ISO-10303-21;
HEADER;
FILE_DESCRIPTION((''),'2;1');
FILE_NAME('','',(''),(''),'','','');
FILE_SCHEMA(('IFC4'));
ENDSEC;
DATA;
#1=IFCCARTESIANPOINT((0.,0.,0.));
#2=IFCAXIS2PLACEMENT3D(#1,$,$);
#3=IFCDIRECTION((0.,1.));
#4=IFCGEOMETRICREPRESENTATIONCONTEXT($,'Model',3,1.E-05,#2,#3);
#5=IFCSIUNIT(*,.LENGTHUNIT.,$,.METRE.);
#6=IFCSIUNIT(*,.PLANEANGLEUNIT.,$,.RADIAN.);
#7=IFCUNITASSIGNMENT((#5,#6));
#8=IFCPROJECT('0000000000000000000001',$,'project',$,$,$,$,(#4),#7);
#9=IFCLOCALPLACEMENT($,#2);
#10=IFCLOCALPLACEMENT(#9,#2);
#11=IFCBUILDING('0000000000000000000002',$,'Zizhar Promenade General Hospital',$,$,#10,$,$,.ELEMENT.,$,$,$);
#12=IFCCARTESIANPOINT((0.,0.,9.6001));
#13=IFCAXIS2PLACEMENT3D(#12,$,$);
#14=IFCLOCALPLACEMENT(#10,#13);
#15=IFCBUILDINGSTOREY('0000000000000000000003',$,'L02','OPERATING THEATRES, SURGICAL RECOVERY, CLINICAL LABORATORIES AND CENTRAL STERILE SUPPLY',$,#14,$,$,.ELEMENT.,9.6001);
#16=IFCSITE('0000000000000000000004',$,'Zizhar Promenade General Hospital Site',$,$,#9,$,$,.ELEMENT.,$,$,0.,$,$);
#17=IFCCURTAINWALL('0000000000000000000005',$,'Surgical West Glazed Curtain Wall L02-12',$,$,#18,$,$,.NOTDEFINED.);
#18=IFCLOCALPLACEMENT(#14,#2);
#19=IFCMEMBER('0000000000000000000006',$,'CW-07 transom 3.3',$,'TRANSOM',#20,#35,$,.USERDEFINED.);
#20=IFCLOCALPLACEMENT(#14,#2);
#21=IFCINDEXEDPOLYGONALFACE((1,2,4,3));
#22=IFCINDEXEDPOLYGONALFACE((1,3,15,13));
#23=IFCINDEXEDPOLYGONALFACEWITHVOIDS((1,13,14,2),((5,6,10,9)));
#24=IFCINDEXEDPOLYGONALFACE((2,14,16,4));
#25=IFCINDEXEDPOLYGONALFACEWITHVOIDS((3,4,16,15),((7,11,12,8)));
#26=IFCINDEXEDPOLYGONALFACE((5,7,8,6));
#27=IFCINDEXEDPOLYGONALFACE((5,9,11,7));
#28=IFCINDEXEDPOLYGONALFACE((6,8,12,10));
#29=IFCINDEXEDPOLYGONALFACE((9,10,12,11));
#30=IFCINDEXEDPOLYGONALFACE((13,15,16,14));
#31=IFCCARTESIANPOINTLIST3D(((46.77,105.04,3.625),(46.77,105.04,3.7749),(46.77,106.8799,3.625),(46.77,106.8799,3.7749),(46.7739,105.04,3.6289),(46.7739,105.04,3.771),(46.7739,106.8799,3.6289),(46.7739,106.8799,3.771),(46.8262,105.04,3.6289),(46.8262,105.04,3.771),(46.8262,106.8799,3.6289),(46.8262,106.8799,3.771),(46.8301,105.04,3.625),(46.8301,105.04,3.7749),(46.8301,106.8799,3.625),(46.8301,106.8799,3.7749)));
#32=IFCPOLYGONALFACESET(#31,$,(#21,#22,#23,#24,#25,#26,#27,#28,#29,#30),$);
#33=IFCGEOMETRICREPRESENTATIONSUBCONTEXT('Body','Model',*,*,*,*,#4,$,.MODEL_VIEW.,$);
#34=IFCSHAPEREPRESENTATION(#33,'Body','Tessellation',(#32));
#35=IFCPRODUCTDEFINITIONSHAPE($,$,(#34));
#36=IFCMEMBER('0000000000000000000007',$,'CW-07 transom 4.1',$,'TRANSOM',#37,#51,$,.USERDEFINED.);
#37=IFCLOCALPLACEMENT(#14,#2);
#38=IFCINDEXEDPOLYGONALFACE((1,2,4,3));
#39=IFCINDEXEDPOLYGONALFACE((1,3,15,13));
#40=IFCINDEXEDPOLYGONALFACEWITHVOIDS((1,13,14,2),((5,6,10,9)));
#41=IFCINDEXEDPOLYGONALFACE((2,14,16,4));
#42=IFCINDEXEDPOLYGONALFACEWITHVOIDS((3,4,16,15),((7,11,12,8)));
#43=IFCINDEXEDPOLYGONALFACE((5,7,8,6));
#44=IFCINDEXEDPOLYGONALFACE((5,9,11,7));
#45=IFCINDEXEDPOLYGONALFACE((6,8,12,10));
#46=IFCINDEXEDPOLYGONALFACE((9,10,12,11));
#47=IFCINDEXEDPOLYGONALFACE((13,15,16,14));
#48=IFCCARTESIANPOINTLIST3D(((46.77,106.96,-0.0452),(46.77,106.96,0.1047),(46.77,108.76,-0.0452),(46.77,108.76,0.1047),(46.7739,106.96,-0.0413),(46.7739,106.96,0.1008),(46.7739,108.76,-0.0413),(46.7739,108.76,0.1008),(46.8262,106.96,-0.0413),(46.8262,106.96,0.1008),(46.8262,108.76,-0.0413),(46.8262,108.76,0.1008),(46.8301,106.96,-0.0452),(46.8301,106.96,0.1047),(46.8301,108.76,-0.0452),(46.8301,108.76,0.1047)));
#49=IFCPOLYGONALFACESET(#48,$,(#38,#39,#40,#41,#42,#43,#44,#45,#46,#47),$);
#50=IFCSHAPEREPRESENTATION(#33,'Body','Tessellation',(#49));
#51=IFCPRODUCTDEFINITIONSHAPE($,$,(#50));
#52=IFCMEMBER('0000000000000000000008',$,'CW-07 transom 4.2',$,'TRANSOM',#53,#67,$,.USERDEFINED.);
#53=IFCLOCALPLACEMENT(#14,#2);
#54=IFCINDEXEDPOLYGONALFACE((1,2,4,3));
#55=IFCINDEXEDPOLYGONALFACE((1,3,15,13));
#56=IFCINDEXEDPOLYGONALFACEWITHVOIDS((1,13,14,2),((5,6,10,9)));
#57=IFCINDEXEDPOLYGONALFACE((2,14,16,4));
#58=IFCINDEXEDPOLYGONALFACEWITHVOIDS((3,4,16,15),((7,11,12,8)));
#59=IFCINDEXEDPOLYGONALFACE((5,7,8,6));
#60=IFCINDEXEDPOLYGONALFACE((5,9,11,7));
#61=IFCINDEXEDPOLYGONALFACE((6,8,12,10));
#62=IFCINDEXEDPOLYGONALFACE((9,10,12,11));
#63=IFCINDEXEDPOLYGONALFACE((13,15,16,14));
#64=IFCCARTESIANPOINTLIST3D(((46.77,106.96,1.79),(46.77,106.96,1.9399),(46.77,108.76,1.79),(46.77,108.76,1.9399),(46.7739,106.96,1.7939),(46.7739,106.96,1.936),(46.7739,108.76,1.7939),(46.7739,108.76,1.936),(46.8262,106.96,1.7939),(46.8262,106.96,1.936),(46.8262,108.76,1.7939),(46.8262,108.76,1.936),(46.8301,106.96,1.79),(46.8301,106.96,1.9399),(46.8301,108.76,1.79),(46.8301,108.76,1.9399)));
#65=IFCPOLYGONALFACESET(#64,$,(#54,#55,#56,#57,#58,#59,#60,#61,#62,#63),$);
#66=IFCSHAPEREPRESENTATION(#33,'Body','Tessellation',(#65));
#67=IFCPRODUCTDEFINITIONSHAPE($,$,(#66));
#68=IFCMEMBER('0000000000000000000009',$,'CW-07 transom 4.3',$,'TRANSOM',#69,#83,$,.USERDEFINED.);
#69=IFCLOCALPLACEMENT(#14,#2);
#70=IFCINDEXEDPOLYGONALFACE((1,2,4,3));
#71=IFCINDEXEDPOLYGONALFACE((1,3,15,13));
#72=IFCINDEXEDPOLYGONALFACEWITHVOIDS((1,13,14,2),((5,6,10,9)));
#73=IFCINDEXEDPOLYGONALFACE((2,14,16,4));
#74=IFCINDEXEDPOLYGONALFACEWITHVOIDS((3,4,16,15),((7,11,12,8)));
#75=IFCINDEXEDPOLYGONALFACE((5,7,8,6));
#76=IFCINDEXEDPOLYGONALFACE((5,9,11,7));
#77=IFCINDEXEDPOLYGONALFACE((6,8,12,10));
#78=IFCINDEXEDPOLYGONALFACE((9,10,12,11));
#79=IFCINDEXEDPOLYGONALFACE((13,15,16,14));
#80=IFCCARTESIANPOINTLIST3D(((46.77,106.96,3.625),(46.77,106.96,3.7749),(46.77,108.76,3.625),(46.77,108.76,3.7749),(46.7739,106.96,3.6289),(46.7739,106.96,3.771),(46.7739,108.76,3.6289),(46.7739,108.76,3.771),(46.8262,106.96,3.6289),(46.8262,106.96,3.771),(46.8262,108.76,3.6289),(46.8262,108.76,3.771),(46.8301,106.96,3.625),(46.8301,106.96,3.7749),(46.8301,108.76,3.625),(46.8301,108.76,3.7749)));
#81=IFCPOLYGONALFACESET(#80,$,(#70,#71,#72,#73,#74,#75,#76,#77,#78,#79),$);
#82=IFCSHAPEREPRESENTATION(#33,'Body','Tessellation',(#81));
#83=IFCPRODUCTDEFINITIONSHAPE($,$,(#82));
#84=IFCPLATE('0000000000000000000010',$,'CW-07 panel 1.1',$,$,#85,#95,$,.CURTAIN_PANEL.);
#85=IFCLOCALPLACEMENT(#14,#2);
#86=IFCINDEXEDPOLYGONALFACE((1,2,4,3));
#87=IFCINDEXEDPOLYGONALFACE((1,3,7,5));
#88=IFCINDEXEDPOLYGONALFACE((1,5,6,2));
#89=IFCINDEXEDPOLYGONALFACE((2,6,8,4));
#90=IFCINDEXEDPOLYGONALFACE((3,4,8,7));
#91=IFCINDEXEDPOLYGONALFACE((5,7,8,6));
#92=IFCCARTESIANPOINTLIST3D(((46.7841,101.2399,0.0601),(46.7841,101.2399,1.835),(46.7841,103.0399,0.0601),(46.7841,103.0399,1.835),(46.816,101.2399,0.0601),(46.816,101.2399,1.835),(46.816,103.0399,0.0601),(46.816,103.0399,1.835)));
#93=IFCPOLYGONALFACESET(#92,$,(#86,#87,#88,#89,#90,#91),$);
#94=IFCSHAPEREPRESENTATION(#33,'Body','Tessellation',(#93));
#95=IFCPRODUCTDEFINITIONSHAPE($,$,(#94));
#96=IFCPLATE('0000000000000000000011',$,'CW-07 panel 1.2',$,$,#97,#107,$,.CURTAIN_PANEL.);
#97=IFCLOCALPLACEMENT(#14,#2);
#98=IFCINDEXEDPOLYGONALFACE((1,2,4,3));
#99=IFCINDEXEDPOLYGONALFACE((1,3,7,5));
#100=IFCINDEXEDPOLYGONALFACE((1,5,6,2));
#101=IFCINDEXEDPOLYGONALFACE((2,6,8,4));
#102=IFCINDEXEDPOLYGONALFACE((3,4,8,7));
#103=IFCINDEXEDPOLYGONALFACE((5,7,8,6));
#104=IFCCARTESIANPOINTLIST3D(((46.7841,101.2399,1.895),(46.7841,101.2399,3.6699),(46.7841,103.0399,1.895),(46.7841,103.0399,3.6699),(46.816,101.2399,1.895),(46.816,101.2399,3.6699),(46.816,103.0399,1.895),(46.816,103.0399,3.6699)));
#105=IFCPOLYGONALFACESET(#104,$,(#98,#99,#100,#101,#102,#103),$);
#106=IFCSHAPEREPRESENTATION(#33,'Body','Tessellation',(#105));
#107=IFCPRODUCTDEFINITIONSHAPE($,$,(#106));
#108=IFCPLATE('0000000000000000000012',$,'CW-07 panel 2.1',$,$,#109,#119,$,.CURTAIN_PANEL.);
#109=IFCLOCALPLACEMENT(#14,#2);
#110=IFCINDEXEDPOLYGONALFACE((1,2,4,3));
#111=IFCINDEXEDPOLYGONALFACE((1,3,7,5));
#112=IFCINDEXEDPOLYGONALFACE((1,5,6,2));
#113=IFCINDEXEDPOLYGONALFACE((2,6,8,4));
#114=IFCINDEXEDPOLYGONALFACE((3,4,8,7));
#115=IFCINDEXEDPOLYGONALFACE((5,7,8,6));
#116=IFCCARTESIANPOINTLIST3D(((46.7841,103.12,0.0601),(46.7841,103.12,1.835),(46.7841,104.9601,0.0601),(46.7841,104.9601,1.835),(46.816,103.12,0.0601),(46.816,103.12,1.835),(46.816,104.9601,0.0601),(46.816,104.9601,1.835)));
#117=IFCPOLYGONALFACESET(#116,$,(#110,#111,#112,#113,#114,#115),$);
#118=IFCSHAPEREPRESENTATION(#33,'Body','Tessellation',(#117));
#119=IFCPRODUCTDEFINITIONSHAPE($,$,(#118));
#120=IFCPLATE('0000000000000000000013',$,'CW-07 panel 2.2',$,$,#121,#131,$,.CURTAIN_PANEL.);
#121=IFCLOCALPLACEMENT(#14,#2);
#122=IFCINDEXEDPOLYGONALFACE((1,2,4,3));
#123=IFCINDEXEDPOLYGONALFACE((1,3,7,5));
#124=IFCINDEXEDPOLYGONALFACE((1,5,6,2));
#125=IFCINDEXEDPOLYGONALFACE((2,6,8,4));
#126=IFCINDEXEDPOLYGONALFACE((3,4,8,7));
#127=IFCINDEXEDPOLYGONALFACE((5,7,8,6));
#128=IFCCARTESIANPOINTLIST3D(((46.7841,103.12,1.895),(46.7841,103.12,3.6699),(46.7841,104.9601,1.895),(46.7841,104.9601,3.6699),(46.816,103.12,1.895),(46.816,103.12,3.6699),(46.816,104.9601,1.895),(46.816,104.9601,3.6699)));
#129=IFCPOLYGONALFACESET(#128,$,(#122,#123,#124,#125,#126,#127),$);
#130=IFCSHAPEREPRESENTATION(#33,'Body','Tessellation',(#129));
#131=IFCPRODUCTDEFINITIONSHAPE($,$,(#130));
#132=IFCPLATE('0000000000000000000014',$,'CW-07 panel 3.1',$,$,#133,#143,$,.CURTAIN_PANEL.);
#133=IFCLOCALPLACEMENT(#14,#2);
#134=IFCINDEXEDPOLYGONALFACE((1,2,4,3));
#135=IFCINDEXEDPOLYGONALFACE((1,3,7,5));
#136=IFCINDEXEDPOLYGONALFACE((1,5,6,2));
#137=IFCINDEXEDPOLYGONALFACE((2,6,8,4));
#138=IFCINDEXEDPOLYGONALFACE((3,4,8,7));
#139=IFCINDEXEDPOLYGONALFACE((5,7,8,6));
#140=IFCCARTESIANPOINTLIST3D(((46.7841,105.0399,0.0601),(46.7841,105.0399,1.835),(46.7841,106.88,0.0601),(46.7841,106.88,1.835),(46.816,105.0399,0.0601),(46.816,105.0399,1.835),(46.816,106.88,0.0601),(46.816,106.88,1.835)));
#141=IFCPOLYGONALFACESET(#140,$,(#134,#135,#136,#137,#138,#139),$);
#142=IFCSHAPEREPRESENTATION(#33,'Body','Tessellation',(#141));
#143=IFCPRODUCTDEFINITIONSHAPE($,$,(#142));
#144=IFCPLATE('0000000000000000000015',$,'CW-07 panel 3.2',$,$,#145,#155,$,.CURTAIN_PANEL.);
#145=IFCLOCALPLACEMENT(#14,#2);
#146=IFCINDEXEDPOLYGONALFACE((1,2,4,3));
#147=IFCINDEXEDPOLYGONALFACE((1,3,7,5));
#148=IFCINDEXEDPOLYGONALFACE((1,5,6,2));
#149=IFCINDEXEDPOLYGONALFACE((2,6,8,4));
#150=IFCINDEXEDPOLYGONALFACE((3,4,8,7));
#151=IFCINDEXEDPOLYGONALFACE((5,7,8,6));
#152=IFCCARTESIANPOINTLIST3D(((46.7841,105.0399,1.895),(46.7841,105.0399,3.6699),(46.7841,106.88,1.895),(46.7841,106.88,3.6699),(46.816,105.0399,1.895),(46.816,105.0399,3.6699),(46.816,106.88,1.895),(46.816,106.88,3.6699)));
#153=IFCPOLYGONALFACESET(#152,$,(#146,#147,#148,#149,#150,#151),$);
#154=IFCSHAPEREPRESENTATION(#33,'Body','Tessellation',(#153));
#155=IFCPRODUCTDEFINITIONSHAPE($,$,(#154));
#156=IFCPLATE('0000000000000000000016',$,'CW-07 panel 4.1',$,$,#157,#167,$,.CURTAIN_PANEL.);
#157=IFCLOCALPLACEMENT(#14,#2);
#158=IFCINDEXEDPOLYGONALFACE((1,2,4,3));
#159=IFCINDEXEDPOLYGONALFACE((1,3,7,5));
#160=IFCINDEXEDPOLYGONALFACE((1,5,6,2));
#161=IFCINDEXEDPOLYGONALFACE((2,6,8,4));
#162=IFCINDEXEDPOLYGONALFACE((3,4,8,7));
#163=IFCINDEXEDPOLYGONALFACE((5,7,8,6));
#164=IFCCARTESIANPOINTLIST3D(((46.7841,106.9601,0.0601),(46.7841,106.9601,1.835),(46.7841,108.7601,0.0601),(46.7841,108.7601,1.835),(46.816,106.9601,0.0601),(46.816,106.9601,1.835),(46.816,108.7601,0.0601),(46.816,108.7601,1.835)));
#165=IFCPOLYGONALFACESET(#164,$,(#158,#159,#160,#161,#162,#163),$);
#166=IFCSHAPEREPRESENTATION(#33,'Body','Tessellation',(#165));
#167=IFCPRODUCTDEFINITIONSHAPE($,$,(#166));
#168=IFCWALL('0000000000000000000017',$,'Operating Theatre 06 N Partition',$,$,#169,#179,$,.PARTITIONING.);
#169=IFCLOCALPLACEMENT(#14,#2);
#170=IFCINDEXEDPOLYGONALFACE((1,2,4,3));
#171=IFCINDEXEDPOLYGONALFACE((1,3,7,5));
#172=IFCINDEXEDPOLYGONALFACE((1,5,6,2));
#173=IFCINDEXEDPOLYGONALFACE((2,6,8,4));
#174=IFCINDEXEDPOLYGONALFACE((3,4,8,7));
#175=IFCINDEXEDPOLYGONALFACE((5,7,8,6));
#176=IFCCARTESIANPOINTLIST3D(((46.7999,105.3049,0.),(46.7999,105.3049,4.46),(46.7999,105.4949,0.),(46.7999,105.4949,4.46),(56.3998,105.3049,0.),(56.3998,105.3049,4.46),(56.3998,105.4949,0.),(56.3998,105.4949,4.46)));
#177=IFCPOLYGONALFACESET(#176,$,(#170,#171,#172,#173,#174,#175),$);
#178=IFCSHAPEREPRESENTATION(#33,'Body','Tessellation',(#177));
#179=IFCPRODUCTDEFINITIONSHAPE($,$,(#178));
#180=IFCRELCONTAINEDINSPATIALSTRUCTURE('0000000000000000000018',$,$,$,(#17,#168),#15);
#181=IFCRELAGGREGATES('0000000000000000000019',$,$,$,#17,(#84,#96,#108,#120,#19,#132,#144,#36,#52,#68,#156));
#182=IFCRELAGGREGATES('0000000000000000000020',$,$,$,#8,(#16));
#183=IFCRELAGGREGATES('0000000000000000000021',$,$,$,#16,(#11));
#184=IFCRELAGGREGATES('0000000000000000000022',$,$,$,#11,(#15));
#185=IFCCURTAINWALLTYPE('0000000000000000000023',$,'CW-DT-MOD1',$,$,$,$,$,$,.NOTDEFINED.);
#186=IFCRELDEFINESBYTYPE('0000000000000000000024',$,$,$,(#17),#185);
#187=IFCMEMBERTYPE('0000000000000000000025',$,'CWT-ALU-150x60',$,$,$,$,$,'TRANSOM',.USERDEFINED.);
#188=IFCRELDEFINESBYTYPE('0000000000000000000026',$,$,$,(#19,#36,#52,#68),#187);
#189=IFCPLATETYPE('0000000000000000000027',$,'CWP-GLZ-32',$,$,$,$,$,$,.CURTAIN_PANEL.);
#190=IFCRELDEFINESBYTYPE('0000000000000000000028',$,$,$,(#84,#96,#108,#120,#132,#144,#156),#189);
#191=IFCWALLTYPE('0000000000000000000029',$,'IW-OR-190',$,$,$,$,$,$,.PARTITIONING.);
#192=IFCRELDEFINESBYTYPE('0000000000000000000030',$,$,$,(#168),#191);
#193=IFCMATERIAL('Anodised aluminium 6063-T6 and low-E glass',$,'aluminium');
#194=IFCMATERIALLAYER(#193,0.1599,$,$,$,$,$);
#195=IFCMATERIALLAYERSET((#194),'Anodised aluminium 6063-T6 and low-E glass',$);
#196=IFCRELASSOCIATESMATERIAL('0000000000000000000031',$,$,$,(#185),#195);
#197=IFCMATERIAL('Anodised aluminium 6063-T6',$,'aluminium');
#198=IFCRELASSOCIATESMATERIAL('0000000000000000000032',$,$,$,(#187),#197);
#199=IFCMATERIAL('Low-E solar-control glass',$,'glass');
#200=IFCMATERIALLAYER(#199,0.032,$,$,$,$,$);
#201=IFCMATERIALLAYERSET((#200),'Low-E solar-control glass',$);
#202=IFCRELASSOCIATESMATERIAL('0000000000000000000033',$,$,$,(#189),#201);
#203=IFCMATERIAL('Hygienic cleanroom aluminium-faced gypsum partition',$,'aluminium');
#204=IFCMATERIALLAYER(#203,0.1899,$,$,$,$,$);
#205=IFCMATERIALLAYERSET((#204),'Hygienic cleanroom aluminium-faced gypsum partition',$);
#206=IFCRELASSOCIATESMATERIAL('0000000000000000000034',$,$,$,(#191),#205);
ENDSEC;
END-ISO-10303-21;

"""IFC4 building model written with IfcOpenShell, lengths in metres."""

from ifc_helpers import new_model, si_unit, direction, frame, frame_2d, origin, origin_2d, place, context, subcontext, project, spatial, rectangle, hollow_rectangle, extrude, material, layer, layer_set, material_profile, profile_set, type_object, element, aggregate, save


model = new_model("IFC4")

# Units and contexts
model_context = context("Model", 3, precision=1e-05, world=origin(), true_north=direction((0.0, 1.0)))
body_context = subcontext(model_context, "Body", "Model", "MODEL_VIEW")
ifc_project = project(units=[si_unit("LENGTHUNIT", "METRE"), si_unit("PLANEANGLEUNIT", "RADIAN")], contexts=[model_context])

# Site, building, storey
site_placement = place(None, origin())
site = spatial("IfcSite", under=ifc_project, at=site_placement, Name="Zizhar Promenade General Hospital Site", CompositionType="ELEMENT", RefElevation=0.0)
building_placement = place(site_placement, origin())
building = spatial("IfcBuilding", under=site, at=building_placement, Name="Zizhar Promenade General Hospital", CompositionType="ELEMENT")
storey_placement = place(building_placement, frame((0.0, 0.0, 9.6001)))
storey = spatial("IfcBuildingStorey", under=building, at=storey_placement, Name="L02", Description="OPERATING THEATRES, SURGICAL RECOVERY, CLINICAL LABORATORIES AND CENTRAL STERILE SUPPLY", CompositionType="ELEMENT", Elevation=9.6001)

# Curtain wall, members, plates
ifc_material_1 = material(Name="Anodised aluminium 6063-T6 and low-E glass", Category="aluminium")
ifc_layer_1 = layer(ifc_material_1, 0.1599)
ifc_layer_set_1 = layer_set([ifc_layer_1], Name="Anodised aluminium 6063-T6 and low-E glass")
curtain_wall_type = type_object("IfcCurtainWallType", Name="CW-DT-MOD1", PredefinedType="NOTDEFINED", material=ifc_layer_set_1)
curtain_wall_placement = place(storey_placement, origin())
curtain_wall = element("IfcCurtainWall", 1, at=curtain_wall_placement, inside=storey, type_object=curtain_wall_type, Name="Surgical West Glazed Curtain Wall L02-12", PredefinedType="NOTDEFINED")
ifc_material_2 = material(Name="Anodised aluminium 6063-T6", Category="aluminium")
ifc_material_profile_1 = material_profile(ifc_material_2, hollow_rectangle(XDim=0.0601, YDim=0.1499, WallThickness=0.0039, at=origin_2d()))
ifc_profile_set_1 = profile_set([ifc_material_profile_1], Name="Anodised aluminium 6063-T6")
member_type_1 = type_object("IfcMemberType", Name="CWT-ALU-150x60", ElementType="TRANSOM", PredefinedType="USERDEFINED", material=ifc_profile_set_1)
member_1_placement = place(storey_placement, frame((46.8, 105.04, 3.7), z_axis=(0.0, 1.0, 0.0), x_axis=(-1.0, 0.0, 0.0)))
member_1 = element("IfcMember", 2, at=member_1_placement, type_object=member_type_1, Name="CW-07 transom 3.3", ObjectType="TRANSOM", PredefinedType="USERDEFINED", context=body_context, shape_type="SweptSolid", body=[
    extrude(hollow_rectangle(XDim=0.0601, YDim=0.1499, WallThickness=0.0039, at=origin_2d()), origin(), (0.0, 0.0, 1.0), 1.8398),
])
member_2_placement = place(storey_placement, frame((46.8, 106.96, 0.0298), z_axis=(0.0, 1.0, 0.0), x_axis=(-1.0, 0.0, 0.0)))
member_2 = element("IfcMember", 3, at=member_2_placement, type_object=member_type_1, Name="CW-07 transom 4.1", ObjectType="TRANSOM", PredefinedType="USERDEFINED", context=body_context, shape_type="SweptSolid", body=[
    extrude(hollow_rectangle(XDim=0.0601, YDim=0.1499, WallThickness=0.0039, at=origin_2d()), origin(), (0.0, 0.0, 1.0), 1.8),
])
member_3_placement = place(storey_placement, frame((46.8, 106.96, 1.865), z_axis=(0.0, 1.0, 0.0), x_axis=(-1.0, 0.0, 0.0)))
member_3 = element("IfcMember", 4, at=member_3_placement, type_object=member_type_1, Name="CW-07 transom 4.2", ObjectType="TRANSOM", PredefinedType="USERDEFINED", context=body_context, shape_type="SweptSolid", body=[
    extrude(hollow_rectangle(XDim=0.0601, YDim=0.1499, WallThickness=0.0039, at=origin_2d()), origin(), (0.0, 0.0, 1.0), 1.8),
])
member_4_placement = place(storey_placement, frame((46.8, 106.96, 3.7), z_axis=(0.0, 1.0, 0.0), x_axis=(-1.0, 0.0, 0.0)))
member_4 = element("IfcMember", 5, at=member_4_placement, type_object=member_type_1, Name="CW-07 transom 4.3", ObjectType="TRANSOM", PredefinedType="USERDEFINED", context=body_context, shape_type="SweptSolid", body=[
    extrude(hollow_rectangle(XDim=0.0601, YDim=0.1499, WallThickness=0.0039, at=origin_2d()), origin(), (0.0, 0.0, 1.0), 1.8),
])
ifc_material_3 = material(Name="Low-E solar-control glass", Category="glass")
ifc_layer_2 = layer(ifc_material_3, 0.032)
ifc_layer_set_2 = layer_set([ifc_layer_2], Name="Low-E solar-control glass")
plate_type = type_object("IfcPlateType", Name="CWP-GLZ-32", PredefinedType="CURTAIN_PANEL", material=ifc_layer_set_2)
plate_1_placement = place(storey_placement, frame((46.8, 102.1399, 0.0601), z_axis=(0.0, 0.0, 1.0), x_axis=(0.0, 1.0, 0.0)))
plate_1 = element("IfcPlate", 6, at=plate_1_placement, type_object=plate_type, Name="CW-07 panel 1.1", PredefinedType="CURTAIN_PANEL", context=body_context, shape_type="SweptSolid", body=[
    extrude(rectangle(XDim=1.8, YDim=0.032, at=origin_2d()), origin(), (0.0, 0.0, 1.0), 1.7749),
])
plate_2_placement = place(storey_placement, frame((46.8, 102.1399, 1.895), z_axis=(0.0, 0.0, 1.0), x_axis=(0.0, 1.0, 0.0)))
plate_2 = element("IfcPlate", 7, at=plate_2_placement, type_object=plate_type, Name="CW-07 panel 1.2", PredefinedType="CURTAIN_PANEL", context=body_context, shape_type="SweptSolid", body=[
    extrude(rectangle(XDim=1.8, YDim=0.032, at=origin_2d()), origin(), (0.0, 0.0, 1.0), 1.7749),
])
plate_3_placement = place(storey_placement, frame((46.8, 104.04, 0.0601), z_axis=(0.0, 0.0, 1.0), x_axis=(0.0, 1.0, 0.0)))
plate_3 = element("IfcPlate", 8, at=plate_3_placement, type_object=plate_type, Name="CW-07 panel 2.1", PredefinedType="CURTAIN_PANEL", context=body_context, shape_type="SweptSolid", body=[
    extrude(rectangle(XDim=1.8401, YDim=0.032, at=origin_2d()), origin(), (0.0, 0.0, 1.0), 1.7749),
])
plate_4_placement = place(storey_placement, frame((46.8, 104.04, 1.895), z_axis=(0.0, 0.0, 1.0), x_axis=(0.0, 1.0, 0.0)))
plate_4 = element("IfcPlate", 9, at=plate_4_placement, type_object=plate_type, Name="CW-07 panel 2.2", PredefinedType="CURTAIN_PANEL", context=body_context, shape_type="SweptSolid", body=[
    extrude(rectangle(XDim=1.8401, YDim=0.032, at=origin_2d()), origin(), (0.0, 0.0, 1.0), 1.7749),
])
plate_5_placement = place(storey_placement, frame((46.8, 105.96, 0.0601), z_axis=(0.0, 0.0, 1.0), x_axis=(0.0, 1.0, 0.0)))
plate_5 = element("IfcPlate", 10, at=plate_5_placement, type_object=plate_type, Name="CW-07 panel 3.1", PredefinedType="CURTAIN_PANEL", context=body_context, shape_type="SweptSolid", body=[
    extrude(rectangle(XDim=1.8401, YDim=0.032, at=origin_2d()), origin(), (0.0, 0.0, 1.0), 1.7749),
])
plate_6_placement = place(storey_placement, frame((46.8, 105.96, 1.895), z_axis=(0.0, 0.0, 1.0), x_axis=(0.0, 1.0, 0.0)))
plate_6 = element("IfcPlate", 11, at=plate_6_placement, type_object=plate_type, Name="CW-07 panel 3.2", PredefinedType="CURTAIN_PANEL", context=body_context, shape_type="SweptSolid", body=[
    extrude(rectangle(XDim=1.8401, YDim=0.032, at=origin_2d()), origin(), (0.0, 0.0, 1.0), 1.7749),
])
plate_7_placement = place(storey_placement, frame((46.8, 107.8601, 0.0601), z_axis=(0.0, 0.0, 1.0), x_axis=(0.0, 1.0, 0.0)))
plate_7 = element("IfcPlate", 12, at=plate_7_placement, type_object=plate_type, Name="CW-07 panel 4.1", PredefinedType="CURTAIN_PANEL", context=body_context, shape_type="SweptSolid", body=[
    extrude(rectangle(XDim=1.8, YDim=0.032, at=origin_2d()), origin(), (0.0, 0.0, 1.0), 1.7749),
])
aggregate(curtain_wall, [plate_1, plate_2, plate_3, plate_4, member_1, plate_5, plate_6, member_2, member_3, member_4, plate_7])

# Wall
ifc_material_4 = material(Name="Hygienic cleanroom aluminium-faced gypsum partition", Category="aluminium")
ifc_layer_3 = layer(ifc_material_4, 0.1899)
ifc_layer_set_3 = layer_set([ifc_layer_3], Name="Hygienic cleanroom aluminium-faced gypsum partition")
wall_type = type_object("IfcWallType", Name="IW-OR-190", PredefinedType="PARTITIONING", material=ifc_layer_set_3)
wall_1_placement = place(storey_placement, frame((46.8, 105.3999, 0.0), z_axis=(0.0, 0.0, 1.0), x_axis=(1.0, 0.0, 0.0)))
element("IfcWall", 13, at=wall_1_placement, inside=storey, type_object=wall_type, Name="Operating Theatre 06 N Partition", PredefinedType="PARTITIONING", context=body_context, shape_type="SweptSolid", body=[
    extrude(rectangle(XDim=9.5999, YDim=0.1899, at=frame_2d((4.7998, 0.0))), origin(), (0.0, 0.0, 1.0), 4.46),
])

save(model, "model.ifc")
